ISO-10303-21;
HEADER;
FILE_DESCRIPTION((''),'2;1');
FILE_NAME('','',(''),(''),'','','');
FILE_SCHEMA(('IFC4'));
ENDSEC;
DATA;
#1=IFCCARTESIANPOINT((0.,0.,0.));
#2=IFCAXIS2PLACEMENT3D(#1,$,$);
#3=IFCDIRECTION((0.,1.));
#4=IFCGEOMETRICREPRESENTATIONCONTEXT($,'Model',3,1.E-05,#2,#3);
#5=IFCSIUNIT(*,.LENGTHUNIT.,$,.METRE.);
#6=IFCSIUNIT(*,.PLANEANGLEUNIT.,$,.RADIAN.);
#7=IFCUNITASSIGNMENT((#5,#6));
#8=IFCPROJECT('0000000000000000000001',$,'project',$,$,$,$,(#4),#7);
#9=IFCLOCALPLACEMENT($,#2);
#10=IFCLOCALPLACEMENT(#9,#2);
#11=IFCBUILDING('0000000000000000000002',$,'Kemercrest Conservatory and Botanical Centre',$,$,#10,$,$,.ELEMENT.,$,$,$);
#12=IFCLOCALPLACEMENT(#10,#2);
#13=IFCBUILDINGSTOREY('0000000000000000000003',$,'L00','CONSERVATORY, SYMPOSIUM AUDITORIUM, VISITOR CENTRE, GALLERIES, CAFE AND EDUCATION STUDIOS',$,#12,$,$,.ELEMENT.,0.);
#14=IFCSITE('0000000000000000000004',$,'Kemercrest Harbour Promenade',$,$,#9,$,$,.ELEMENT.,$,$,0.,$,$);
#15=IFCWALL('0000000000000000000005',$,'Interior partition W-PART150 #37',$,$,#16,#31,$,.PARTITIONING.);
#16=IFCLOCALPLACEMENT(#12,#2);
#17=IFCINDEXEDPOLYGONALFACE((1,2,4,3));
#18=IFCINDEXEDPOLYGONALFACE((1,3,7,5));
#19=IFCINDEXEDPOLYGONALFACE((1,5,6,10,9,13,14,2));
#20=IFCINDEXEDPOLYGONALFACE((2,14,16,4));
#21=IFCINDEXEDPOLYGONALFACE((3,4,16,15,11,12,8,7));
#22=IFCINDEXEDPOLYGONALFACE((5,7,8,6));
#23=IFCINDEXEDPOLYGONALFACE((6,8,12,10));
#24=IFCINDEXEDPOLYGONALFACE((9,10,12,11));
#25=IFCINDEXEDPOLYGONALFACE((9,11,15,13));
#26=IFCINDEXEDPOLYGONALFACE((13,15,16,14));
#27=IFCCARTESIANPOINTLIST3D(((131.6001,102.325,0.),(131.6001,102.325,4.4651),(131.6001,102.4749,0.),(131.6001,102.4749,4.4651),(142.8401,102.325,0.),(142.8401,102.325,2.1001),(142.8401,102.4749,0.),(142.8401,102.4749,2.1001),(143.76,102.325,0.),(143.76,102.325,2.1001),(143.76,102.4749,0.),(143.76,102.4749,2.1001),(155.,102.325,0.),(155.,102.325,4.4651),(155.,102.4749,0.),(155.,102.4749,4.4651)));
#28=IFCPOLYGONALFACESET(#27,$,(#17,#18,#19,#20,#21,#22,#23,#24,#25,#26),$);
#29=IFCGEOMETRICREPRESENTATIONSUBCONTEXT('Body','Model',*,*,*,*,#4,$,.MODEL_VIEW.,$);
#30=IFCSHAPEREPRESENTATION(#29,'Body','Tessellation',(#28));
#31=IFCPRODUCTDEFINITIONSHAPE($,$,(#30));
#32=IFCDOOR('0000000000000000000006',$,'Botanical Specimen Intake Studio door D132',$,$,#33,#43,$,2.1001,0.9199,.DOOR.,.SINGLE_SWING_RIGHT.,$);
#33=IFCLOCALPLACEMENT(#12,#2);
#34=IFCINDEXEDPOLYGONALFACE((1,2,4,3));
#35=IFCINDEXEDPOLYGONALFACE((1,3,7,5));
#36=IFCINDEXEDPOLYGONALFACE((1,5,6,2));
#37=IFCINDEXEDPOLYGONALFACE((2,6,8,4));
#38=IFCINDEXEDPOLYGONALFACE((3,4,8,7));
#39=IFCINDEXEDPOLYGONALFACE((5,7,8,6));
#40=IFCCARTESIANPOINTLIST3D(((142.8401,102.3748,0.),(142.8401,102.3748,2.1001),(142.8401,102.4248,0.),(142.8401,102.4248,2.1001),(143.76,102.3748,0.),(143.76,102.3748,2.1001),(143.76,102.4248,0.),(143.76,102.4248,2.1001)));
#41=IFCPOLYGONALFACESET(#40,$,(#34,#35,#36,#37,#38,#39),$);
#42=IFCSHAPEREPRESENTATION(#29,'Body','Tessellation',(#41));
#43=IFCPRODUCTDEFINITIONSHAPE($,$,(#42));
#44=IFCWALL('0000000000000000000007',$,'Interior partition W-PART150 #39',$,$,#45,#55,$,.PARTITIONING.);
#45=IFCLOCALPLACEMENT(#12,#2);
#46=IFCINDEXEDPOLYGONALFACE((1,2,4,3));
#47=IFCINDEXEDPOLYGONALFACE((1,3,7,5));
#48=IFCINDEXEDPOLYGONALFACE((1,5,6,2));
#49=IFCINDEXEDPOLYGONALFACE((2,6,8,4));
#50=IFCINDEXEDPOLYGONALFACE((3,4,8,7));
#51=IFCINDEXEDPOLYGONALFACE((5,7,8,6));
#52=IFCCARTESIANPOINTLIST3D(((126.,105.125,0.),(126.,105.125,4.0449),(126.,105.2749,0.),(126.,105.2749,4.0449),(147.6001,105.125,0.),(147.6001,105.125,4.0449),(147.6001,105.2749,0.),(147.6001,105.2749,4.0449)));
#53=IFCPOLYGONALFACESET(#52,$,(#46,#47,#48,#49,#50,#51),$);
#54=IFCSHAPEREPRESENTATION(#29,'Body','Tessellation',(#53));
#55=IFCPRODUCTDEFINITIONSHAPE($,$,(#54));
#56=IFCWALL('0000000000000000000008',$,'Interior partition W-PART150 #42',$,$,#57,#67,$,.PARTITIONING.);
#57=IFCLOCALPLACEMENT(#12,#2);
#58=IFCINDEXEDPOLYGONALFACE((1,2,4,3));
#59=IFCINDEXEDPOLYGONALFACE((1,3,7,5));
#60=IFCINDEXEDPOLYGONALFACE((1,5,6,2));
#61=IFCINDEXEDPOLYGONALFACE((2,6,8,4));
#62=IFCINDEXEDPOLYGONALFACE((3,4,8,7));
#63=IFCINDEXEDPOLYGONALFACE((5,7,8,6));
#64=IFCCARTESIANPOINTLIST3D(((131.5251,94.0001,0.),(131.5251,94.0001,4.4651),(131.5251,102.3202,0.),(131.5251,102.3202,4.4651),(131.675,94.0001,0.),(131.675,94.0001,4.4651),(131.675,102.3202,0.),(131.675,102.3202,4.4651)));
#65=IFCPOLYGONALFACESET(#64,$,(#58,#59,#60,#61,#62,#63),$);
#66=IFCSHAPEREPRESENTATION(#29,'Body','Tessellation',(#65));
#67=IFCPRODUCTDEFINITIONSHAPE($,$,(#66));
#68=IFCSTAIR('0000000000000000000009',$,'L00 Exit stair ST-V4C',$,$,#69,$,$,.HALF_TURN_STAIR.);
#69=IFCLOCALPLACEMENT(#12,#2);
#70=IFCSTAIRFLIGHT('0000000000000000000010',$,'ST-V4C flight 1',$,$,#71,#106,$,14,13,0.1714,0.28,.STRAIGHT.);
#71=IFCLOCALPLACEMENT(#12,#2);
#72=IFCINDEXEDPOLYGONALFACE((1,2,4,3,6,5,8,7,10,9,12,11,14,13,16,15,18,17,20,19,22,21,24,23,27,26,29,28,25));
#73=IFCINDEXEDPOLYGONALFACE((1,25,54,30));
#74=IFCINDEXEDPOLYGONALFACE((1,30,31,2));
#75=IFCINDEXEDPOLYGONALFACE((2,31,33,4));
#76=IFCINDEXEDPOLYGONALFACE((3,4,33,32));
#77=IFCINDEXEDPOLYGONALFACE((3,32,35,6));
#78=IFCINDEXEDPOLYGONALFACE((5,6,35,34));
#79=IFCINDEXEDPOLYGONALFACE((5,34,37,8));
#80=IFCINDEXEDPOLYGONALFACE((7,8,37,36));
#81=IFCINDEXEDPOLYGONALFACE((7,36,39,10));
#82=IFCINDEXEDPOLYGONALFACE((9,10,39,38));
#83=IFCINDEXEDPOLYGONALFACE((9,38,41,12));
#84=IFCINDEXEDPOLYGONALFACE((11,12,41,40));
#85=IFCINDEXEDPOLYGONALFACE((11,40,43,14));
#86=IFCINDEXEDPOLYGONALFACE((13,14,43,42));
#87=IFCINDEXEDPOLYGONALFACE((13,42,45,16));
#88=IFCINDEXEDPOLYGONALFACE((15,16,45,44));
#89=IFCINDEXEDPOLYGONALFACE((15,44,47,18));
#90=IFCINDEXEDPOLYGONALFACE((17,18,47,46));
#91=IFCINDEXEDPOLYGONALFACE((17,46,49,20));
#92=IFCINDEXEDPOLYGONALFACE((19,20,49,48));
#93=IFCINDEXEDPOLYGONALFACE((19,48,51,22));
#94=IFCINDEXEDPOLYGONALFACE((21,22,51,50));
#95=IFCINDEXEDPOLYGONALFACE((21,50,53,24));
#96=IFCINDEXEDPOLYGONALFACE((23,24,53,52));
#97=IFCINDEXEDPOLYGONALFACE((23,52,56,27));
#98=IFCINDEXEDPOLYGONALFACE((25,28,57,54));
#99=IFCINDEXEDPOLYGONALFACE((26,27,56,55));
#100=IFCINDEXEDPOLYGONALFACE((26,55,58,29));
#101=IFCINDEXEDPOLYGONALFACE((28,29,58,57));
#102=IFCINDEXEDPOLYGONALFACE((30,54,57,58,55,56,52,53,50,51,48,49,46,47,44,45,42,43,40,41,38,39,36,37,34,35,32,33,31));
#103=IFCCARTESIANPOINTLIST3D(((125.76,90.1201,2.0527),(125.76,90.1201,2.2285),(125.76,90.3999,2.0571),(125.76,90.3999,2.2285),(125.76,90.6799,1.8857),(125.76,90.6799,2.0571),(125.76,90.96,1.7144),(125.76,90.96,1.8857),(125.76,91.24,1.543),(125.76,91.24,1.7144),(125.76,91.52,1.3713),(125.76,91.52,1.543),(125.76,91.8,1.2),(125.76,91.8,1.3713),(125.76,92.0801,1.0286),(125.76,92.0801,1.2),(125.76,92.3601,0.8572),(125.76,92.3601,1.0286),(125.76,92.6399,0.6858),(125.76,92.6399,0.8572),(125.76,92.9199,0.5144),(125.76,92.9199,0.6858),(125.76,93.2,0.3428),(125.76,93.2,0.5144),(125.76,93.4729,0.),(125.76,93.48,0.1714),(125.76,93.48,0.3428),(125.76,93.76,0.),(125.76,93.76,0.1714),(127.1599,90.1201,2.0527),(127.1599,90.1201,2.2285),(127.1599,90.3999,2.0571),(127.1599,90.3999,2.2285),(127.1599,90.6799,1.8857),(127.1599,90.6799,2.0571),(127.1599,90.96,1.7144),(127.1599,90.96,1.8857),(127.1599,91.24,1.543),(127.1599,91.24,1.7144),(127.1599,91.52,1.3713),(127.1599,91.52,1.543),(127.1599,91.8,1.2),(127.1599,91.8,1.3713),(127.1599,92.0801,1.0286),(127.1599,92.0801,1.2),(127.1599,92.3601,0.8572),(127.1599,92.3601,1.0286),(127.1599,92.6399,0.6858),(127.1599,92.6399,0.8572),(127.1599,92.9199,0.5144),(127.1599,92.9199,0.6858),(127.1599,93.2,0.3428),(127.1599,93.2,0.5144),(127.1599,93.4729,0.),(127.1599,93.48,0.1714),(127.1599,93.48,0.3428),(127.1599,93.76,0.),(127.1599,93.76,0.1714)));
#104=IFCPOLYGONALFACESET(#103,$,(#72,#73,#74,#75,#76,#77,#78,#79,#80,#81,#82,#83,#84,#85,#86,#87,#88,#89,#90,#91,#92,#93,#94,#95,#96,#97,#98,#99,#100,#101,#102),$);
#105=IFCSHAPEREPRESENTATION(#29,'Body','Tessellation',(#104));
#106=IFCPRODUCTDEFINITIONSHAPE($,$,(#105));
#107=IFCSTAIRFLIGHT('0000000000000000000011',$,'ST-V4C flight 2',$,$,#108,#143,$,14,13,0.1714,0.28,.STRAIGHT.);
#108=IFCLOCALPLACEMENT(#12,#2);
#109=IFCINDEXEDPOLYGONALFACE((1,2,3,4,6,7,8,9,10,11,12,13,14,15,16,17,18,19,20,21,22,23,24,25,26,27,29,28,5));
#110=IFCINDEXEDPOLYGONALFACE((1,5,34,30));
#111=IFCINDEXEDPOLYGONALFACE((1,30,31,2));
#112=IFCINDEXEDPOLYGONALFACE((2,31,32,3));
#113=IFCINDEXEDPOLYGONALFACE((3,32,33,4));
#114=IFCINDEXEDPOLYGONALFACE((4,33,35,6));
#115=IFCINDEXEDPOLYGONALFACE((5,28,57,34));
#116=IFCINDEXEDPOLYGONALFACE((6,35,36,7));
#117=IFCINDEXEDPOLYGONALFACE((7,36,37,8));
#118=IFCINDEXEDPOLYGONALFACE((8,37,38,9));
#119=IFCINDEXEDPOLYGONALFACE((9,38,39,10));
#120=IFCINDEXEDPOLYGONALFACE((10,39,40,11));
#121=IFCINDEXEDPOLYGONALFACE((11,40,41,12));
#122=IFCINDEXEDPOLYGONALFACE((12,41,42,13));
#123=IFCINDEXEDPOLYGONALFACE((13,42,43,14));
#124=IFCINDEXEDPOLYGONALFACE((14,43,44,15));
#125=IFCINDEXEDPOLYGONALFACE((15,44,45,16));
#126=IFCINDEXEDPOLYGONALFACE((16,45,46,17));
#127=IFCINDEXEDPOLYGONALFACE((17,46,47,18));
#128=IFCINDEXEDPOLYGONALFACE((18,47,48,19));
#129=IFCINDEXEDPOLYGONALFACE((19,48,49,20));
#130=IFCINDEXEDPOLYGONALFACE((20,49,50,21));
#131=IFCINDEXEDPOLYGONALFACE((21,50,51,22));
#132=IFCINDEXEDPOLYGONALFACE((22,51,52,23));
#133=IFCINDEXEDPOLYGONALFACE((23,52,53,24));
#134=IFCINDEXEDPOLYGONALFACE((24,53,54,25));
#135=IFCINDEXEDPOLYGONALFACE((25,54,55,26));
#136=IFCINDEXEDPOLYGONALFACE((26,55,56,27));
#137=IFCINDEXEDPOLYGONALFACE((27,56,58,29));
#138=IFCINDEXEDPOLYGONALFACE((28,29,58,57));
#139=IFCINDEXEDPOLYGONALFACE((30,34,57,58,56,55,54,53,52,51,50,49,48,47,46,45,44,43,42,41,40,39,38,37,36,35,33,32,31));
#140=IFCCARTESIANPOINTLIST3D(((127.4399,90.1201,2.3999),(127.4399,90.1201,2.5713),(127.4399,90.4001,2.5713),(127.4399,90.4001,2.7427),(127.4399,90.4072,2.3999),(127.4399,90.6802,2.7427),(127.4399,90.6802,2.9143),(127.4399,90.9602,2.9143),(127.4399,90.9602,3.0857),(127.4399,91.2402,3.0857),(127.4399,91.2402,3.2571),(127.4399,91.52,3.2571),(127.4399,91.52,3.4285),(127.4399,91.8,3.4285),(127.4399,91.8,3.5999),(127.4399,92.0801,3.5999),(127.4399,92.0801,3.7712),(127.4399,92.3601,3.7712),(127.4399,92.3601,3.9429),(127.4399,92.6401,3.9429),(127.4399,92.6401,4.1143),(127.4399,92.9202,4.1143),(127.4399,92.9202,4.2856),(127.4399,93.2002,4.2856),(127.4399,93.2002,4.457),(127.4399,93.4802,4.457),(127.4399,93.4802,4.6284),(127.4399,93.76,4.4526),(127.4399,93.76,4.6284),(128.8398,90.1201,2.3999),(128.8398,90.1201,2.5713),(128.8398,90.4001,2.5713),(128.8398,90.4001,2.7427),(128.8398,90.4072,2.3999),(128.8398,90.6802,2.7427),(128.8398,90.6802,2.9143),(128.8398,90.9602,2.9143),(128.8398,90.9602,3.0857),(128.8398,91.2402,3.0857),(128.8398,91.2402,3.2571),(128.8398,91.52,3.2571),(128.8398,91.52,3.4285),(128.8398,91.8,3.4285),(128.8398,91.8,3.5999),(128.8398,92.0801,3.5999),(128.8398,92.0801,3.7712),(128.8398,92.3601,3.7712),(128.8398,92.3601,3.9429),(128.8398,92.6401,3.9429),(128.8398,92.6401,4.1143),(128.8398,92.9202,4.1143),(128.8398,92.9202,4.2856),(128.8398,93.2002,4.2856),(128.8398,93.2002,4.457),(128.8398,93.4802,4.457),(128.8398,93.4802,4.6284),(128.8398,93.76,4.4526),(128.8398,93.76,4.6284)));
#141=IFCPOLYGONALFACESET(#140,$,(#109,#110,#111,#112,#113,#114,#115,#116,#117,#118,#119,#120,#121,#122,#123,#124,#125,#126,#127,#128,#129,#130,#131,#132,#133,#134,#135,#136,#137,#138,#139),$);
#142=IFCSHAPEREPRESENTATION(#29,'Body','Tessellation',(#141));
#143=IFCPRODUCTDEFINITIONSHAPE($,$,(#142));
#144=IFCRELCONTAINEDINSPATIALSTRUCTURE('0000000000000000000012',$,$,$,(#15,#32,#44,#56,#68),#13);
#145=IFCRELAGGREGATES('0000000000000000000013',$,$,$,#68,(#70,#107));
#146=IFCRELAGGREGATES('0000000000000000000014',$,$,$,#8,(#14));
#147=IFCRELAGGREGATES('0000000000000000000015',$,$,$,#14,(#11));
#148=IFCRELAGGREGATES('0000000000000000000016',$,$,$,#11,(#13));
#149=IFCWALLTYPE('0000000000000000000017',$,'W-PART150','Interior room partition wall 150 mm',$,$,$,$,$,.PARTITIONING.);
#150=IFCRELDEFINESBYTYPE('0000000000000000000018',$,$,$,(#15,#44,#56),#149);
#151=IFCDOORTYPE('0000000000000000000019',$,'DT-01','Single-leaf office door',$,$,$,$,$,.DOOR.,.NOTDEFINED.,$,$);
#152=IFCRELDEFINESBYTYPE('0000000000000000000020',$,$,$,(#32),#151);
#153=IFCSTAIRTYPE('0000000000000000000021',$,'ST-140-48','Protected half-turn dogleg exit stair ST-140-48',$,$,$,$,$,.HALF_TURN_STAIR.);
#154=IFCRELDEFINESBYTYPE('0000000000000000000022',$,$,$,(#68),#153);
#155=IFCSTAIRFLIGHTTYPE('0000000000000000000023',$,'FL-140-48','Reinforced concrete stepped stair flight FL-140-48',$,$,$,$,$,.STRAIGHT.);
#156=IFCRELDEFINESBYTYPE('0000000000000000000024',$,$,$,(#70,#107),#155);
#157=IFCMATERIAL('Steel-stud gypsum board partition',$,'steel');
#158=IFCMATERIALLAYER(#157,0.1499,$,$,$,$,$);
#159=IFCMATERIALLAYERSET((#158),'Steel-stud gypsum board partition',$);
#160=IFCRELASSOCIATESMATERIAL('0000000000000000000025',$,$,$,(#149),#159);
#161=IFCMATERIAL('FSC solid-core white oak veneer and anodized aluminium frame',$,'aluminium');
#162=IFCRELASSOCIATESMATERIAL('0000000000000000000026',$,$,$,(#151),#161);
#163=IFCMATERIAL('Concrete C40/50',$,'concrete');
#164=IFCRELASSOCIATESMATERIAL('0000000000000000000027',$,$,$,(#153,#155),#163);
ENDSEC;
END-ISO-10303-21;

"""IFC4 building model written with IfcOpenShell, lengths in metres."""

from ifc_helpers import new_model, si_unit, direction, frame, frame_2d, origin, place, context, subcontext, project, spatial, polyline, rectangle, outline, extrude, material, layer, layer_set, type_object, element, fill, aggregate, save


model = new_model("IFC4")

# Units and contexts
model_context = context("Model", 3, precision=1e-05, world=origin(), true_north=direction((0.0, 1.0)))
body_context = subcontext(model_context, "Body", "Model", "MODEL_VIEW")
ifc_project = project(units=[si_unit("LENGTHUNIT", "METRE"), si_unit("PLANEANGLEUNIT", "RADIAN")], contexts=[model_context])

# Site, building, storey
site_placement = place(None, origin())
site = spatial("IfcSite", under=ifc_project, at=site_placement, Name="Kemercrest Harbour Promenade", CompositionType="ELEMENT", RefElevation=0.0)
building_placement = place(site_placement, origin())
building = spatial("IfcBuilding", under=site, at=building_placement, Name="Kemercrest Conservatory and Botanical Centre", CompositionType="ELEMENT")
storey_placement = place(building_placement, origin())
storey = spatial("IfcBuildingStorey", under=building, at=storey_placement, Name="L00", Description="CONSERVATORY, SYMPOSIUM AUDITORIUM, VISITOR CENTRE, GALLERIES, CAFE AND EDUCATION STUDIOS", CompositionType="ELEMENT", Elevation=0.0)

# Shared definitions
ifc_material_1 = material(Name="Concrete C40/50", Category="concrete")

# Wall, opening, door
ifc_material_2 = material(Name="Steel-stud gypsum board partition", Category="steel")
ifc_layer = layer(ifc_material_2, 0.1499)
ifc_layer_set = layer_set([ifc_layer], Name="Steel-stud gypsum board partition")
wall_type = type_object("IfcWallType", Name="W-PART150", Description="Interior room partition wall 150 mm", PredefinedType="PARTITIONING", material=ifc_layer_set)
wall_1_placement = place(storey_placement, frame((131.6001, 102.3999, 0.0), z_axis=(0.0, 0.0, 1.0), x_axis=(1.0, 0.0, 0.0)))
wall_1 = element("IfcWall", 1, at=wall_1_placement, inside=storey, type_object=wall_type, Name="Interior partition W-PART150 #37", PredefinedType="PARTITIONING", context=body_context, shape_type="SweptSolid", body=[
    extrude(rectangle(XDim=23.3999, YDim=0.1499, at=frame_2d((11.7, 0.0))), origin(), (0.0, 0.0, 1.0), 4.4651),
])
opening_placement = place(wall_1_placement, frame((11.24, 0.0, 0.0)))
opening = element("IfcOpeningElement", 2, at=opening_placement, cuts=wall_1, PredefinedType="OPENING", context=body_context, shape_type="SweptSolid", body=[
    extrude(rectangle(XDim=0.9199, YDim=2.1001, at=frame_2d((0.46, 1.05))), frame((0.0, 0.085, 0.0), z_axis=(0.0, -1.0, 0.0), x_axis=(1.0, 0.0, 0.0)), (0.0, 0.0, 1.0), 0.1699),
])
ifc_material_3 = material(Name="FSC solid-core white oak veneer and anodized aluminium frame", Category="aluminium")
door_type = type_object("IfcDoorType", Name="DT-01", Description="Single-leaf office door", OperationType="NOTDEFINED", PredefinedType="DOOR", material=ifc_material_3)
door_placement = place(opening_placement, origin())
door = element("IfcDoor", 3, at=door_placement, inside=storey, type_object=door_type, Name="Botanical Specimen Intake Studio door D132", OperationType="SINGLE_SWING_RIGHT", OverallHeight=2.1001, OverallWidth=0.9199, PredefinedType="DOOR", context=body_context, shape_type="SweptSolid", body=[
    extrude(rectangle(XDim=0.9199, YDim=2.1001, at=frame_2d((0.46, 1.05))), frame((0.0, 0.0249, 0.0), z_axis=(0.0, -1.0, 0.0), x_axis=(1.0, 0.0, 0.0)), (0.0, 0.0, 1.0), 0.05),
])
fill(opening, door)

# Walls
wall_2_placement = place(storey_placement, frame((126.0, 105.2, 0.0), z_axis=(0.0, 0.0, 1.0), x_axis=(1.0, 0.0, 0.0)))
element("IfcWall", 4, at=wall_2_placement, inside=storey, type_object=wall_type, Name="Interior partition W-PART150 #39", PredefinedType="PARTITIONING", context=body_context, shape_type="SweptSolid", body=[
    extrude(rectangle(XDim=21.6001, YDim=0.1499, at=frame_2d((10.8, 0.0))), origin(), (0.0, 0.0, 1.0), 4.0449),
])
wall_3_placement = place(storey_placement, frame((131.6001, 94.0, 0.0), z_axis=(0.0, 0.0, 1.0), x_axis=(0.0, 1.0, 0.0)))
element("IfcWall", 5, at=wall_3_placement, inside=storey, type_object=wall_type, Name="Interior partition W-PART150 #42", PredefinedType="PARTITIONING", context=body_context, shape_type="SweptSolid", body=[
    extrude(rectangle(XDim=8.3201, YDim=0.1499, at=frame_2d((4.1602, 0.0))), origin(), (0.0, 0.0, 1.0), 4.4651),
])

# Stair, stair flights
stair_type = type_object("IfcStairType", Name="ST-140-48", Description="Protected half-turn dogleg exit stair ST-140-48", PredefinedType="HALF_TURN_STAIR", material=ifc_material_1)
stair_placement = place(storey_placement, origin())
stair = element("IfcStair", 6, at=stair_placement, inside=storey, type_object=stair_type, Name="L00 Exit stair ST-V4C", PredefinedType="HALF_TURN_STAIR")
stair_flight_type = type_object("IfcStairFlightType", Name="FL-140-48", Description="Reinforced concrete stepped stair flight FL-140-48", PredefinedType="STRAIGHT", material=ifc_material_1)
stair_flight_1_placement = place(storey_placement, frame((126.46, 93.76, 0.0), z_axis=(0.0, 0.0, 1.0), x_axis=(0.0, -1.0, 0.0)))
stair_flight_1 = element("IfcStairFlight", 7, at=stair_flight_1_placement, type_object=stair_flight_type, Name="ST-V4C flight 1", NumberOfRisers=14, NumberOfTreads=13, PredefinedType="STRAIGHT", RiserHeight=0.1714, TreadLength=0.28, context=body_context, shape_type="SweptSolid", body=[
    extrude(outline(polyline([(0.0, 0.0), (0.0, 0.1714), (0.28, 0.1714), (0.28, 0.3428), (0.5601, 0.3428), (0.5601, 0.5144), (0.8401, 0.5144), (0.8401, 0.6858), (1.1201, 0.6858), (1.1201, 0.8572), (1.3999, 0.8572), (1.3999, 1.0286), (1.6799, 1.0286), (1.6799, 1.2), (1.96, 1.2), (1.96, 1.3713), (2.24, 1.3713), (2.24, 1.543), (2.52, 1.543), (2.52, 1.7144), (2.8, 1.7144), (2.8, 1.8857), (3.0801, 1.8857), (3.0801, 2.0571), (3.3601, 2.0571), (3.3601, 2.2285), (3.6399, 2.2285), (3.6399, 2.3999), (3.6399, 2.0527), (0.2871, 0.0), (0.0, 0.0)])), frame((0.0, 0.7, 0.0), z_axis=(0.0, -1.0, 0.0), x_axis=(1.0, 0.0, 0.0)), (0.0, 0.0, 1.0), 1.3999),
])
stair_flight_2_placement = place(storey_placement, frame((128.1399, 90.1201, 2.3999), z_axis=(0.0, 0.0, 1.0), x_axis=(0.0, 1.0, 0.0)))
stair_flight_2 = element("IfcStairFlight", 8, at=stair_flight_2_placement, type_object=stair_flight_type, Name="ST-V4C flight 2", NumberOfRisers=14, NumberOfTreads=13, PredefinedType="STRAIGHT", RiserHeight=0.1714, TreadLength=0.28, context=body_context, shape_type="SweptSolid", body=[
    extrude(outline(polyline([(0.0, 0.0), (0.0, 0.1714), (0.28, 0.1714), (0.28, 0.3428), (0.5601, 0.3428), (0.5601, 0.5144), (0.8401, 0.5144), (0.8401, 0.6858), (1.1201, 0.6858), (1.1201, 0.8572), (1.3999, 0.8572), (1.3999, 1.0286), (1.6799, 1.0286), (1.6799, 1.2), (1.96, 1.2), (1.96, 1.3713), (2.24, 1.3713), (2.24, 1.543), (2.52, 1.543), (2.52, 1.7144), (2.8, 1.7144), (2.8, 1.8857), (3.0801, 1.8857), (3.0801, 2.0571), (3.3601, 2.0571), (3.3601, 2.2285), (3.6399, 2.2285), (3.6399, 2.3999), (3.6399, 2.0527), (0.2871, 0.0), (0.0, 0.0)])), frame((0.0, 0.7, 0.0), z_axis=(0.0, -1.0, 0.0), x_axis=(1.0, 0.0, 0.0)), (0.0, 0.0, 1.0), 1.3999),
])
aggregate(stair, [stair_flight_1, stair_flight_2])

save(model, "model.ifc")
